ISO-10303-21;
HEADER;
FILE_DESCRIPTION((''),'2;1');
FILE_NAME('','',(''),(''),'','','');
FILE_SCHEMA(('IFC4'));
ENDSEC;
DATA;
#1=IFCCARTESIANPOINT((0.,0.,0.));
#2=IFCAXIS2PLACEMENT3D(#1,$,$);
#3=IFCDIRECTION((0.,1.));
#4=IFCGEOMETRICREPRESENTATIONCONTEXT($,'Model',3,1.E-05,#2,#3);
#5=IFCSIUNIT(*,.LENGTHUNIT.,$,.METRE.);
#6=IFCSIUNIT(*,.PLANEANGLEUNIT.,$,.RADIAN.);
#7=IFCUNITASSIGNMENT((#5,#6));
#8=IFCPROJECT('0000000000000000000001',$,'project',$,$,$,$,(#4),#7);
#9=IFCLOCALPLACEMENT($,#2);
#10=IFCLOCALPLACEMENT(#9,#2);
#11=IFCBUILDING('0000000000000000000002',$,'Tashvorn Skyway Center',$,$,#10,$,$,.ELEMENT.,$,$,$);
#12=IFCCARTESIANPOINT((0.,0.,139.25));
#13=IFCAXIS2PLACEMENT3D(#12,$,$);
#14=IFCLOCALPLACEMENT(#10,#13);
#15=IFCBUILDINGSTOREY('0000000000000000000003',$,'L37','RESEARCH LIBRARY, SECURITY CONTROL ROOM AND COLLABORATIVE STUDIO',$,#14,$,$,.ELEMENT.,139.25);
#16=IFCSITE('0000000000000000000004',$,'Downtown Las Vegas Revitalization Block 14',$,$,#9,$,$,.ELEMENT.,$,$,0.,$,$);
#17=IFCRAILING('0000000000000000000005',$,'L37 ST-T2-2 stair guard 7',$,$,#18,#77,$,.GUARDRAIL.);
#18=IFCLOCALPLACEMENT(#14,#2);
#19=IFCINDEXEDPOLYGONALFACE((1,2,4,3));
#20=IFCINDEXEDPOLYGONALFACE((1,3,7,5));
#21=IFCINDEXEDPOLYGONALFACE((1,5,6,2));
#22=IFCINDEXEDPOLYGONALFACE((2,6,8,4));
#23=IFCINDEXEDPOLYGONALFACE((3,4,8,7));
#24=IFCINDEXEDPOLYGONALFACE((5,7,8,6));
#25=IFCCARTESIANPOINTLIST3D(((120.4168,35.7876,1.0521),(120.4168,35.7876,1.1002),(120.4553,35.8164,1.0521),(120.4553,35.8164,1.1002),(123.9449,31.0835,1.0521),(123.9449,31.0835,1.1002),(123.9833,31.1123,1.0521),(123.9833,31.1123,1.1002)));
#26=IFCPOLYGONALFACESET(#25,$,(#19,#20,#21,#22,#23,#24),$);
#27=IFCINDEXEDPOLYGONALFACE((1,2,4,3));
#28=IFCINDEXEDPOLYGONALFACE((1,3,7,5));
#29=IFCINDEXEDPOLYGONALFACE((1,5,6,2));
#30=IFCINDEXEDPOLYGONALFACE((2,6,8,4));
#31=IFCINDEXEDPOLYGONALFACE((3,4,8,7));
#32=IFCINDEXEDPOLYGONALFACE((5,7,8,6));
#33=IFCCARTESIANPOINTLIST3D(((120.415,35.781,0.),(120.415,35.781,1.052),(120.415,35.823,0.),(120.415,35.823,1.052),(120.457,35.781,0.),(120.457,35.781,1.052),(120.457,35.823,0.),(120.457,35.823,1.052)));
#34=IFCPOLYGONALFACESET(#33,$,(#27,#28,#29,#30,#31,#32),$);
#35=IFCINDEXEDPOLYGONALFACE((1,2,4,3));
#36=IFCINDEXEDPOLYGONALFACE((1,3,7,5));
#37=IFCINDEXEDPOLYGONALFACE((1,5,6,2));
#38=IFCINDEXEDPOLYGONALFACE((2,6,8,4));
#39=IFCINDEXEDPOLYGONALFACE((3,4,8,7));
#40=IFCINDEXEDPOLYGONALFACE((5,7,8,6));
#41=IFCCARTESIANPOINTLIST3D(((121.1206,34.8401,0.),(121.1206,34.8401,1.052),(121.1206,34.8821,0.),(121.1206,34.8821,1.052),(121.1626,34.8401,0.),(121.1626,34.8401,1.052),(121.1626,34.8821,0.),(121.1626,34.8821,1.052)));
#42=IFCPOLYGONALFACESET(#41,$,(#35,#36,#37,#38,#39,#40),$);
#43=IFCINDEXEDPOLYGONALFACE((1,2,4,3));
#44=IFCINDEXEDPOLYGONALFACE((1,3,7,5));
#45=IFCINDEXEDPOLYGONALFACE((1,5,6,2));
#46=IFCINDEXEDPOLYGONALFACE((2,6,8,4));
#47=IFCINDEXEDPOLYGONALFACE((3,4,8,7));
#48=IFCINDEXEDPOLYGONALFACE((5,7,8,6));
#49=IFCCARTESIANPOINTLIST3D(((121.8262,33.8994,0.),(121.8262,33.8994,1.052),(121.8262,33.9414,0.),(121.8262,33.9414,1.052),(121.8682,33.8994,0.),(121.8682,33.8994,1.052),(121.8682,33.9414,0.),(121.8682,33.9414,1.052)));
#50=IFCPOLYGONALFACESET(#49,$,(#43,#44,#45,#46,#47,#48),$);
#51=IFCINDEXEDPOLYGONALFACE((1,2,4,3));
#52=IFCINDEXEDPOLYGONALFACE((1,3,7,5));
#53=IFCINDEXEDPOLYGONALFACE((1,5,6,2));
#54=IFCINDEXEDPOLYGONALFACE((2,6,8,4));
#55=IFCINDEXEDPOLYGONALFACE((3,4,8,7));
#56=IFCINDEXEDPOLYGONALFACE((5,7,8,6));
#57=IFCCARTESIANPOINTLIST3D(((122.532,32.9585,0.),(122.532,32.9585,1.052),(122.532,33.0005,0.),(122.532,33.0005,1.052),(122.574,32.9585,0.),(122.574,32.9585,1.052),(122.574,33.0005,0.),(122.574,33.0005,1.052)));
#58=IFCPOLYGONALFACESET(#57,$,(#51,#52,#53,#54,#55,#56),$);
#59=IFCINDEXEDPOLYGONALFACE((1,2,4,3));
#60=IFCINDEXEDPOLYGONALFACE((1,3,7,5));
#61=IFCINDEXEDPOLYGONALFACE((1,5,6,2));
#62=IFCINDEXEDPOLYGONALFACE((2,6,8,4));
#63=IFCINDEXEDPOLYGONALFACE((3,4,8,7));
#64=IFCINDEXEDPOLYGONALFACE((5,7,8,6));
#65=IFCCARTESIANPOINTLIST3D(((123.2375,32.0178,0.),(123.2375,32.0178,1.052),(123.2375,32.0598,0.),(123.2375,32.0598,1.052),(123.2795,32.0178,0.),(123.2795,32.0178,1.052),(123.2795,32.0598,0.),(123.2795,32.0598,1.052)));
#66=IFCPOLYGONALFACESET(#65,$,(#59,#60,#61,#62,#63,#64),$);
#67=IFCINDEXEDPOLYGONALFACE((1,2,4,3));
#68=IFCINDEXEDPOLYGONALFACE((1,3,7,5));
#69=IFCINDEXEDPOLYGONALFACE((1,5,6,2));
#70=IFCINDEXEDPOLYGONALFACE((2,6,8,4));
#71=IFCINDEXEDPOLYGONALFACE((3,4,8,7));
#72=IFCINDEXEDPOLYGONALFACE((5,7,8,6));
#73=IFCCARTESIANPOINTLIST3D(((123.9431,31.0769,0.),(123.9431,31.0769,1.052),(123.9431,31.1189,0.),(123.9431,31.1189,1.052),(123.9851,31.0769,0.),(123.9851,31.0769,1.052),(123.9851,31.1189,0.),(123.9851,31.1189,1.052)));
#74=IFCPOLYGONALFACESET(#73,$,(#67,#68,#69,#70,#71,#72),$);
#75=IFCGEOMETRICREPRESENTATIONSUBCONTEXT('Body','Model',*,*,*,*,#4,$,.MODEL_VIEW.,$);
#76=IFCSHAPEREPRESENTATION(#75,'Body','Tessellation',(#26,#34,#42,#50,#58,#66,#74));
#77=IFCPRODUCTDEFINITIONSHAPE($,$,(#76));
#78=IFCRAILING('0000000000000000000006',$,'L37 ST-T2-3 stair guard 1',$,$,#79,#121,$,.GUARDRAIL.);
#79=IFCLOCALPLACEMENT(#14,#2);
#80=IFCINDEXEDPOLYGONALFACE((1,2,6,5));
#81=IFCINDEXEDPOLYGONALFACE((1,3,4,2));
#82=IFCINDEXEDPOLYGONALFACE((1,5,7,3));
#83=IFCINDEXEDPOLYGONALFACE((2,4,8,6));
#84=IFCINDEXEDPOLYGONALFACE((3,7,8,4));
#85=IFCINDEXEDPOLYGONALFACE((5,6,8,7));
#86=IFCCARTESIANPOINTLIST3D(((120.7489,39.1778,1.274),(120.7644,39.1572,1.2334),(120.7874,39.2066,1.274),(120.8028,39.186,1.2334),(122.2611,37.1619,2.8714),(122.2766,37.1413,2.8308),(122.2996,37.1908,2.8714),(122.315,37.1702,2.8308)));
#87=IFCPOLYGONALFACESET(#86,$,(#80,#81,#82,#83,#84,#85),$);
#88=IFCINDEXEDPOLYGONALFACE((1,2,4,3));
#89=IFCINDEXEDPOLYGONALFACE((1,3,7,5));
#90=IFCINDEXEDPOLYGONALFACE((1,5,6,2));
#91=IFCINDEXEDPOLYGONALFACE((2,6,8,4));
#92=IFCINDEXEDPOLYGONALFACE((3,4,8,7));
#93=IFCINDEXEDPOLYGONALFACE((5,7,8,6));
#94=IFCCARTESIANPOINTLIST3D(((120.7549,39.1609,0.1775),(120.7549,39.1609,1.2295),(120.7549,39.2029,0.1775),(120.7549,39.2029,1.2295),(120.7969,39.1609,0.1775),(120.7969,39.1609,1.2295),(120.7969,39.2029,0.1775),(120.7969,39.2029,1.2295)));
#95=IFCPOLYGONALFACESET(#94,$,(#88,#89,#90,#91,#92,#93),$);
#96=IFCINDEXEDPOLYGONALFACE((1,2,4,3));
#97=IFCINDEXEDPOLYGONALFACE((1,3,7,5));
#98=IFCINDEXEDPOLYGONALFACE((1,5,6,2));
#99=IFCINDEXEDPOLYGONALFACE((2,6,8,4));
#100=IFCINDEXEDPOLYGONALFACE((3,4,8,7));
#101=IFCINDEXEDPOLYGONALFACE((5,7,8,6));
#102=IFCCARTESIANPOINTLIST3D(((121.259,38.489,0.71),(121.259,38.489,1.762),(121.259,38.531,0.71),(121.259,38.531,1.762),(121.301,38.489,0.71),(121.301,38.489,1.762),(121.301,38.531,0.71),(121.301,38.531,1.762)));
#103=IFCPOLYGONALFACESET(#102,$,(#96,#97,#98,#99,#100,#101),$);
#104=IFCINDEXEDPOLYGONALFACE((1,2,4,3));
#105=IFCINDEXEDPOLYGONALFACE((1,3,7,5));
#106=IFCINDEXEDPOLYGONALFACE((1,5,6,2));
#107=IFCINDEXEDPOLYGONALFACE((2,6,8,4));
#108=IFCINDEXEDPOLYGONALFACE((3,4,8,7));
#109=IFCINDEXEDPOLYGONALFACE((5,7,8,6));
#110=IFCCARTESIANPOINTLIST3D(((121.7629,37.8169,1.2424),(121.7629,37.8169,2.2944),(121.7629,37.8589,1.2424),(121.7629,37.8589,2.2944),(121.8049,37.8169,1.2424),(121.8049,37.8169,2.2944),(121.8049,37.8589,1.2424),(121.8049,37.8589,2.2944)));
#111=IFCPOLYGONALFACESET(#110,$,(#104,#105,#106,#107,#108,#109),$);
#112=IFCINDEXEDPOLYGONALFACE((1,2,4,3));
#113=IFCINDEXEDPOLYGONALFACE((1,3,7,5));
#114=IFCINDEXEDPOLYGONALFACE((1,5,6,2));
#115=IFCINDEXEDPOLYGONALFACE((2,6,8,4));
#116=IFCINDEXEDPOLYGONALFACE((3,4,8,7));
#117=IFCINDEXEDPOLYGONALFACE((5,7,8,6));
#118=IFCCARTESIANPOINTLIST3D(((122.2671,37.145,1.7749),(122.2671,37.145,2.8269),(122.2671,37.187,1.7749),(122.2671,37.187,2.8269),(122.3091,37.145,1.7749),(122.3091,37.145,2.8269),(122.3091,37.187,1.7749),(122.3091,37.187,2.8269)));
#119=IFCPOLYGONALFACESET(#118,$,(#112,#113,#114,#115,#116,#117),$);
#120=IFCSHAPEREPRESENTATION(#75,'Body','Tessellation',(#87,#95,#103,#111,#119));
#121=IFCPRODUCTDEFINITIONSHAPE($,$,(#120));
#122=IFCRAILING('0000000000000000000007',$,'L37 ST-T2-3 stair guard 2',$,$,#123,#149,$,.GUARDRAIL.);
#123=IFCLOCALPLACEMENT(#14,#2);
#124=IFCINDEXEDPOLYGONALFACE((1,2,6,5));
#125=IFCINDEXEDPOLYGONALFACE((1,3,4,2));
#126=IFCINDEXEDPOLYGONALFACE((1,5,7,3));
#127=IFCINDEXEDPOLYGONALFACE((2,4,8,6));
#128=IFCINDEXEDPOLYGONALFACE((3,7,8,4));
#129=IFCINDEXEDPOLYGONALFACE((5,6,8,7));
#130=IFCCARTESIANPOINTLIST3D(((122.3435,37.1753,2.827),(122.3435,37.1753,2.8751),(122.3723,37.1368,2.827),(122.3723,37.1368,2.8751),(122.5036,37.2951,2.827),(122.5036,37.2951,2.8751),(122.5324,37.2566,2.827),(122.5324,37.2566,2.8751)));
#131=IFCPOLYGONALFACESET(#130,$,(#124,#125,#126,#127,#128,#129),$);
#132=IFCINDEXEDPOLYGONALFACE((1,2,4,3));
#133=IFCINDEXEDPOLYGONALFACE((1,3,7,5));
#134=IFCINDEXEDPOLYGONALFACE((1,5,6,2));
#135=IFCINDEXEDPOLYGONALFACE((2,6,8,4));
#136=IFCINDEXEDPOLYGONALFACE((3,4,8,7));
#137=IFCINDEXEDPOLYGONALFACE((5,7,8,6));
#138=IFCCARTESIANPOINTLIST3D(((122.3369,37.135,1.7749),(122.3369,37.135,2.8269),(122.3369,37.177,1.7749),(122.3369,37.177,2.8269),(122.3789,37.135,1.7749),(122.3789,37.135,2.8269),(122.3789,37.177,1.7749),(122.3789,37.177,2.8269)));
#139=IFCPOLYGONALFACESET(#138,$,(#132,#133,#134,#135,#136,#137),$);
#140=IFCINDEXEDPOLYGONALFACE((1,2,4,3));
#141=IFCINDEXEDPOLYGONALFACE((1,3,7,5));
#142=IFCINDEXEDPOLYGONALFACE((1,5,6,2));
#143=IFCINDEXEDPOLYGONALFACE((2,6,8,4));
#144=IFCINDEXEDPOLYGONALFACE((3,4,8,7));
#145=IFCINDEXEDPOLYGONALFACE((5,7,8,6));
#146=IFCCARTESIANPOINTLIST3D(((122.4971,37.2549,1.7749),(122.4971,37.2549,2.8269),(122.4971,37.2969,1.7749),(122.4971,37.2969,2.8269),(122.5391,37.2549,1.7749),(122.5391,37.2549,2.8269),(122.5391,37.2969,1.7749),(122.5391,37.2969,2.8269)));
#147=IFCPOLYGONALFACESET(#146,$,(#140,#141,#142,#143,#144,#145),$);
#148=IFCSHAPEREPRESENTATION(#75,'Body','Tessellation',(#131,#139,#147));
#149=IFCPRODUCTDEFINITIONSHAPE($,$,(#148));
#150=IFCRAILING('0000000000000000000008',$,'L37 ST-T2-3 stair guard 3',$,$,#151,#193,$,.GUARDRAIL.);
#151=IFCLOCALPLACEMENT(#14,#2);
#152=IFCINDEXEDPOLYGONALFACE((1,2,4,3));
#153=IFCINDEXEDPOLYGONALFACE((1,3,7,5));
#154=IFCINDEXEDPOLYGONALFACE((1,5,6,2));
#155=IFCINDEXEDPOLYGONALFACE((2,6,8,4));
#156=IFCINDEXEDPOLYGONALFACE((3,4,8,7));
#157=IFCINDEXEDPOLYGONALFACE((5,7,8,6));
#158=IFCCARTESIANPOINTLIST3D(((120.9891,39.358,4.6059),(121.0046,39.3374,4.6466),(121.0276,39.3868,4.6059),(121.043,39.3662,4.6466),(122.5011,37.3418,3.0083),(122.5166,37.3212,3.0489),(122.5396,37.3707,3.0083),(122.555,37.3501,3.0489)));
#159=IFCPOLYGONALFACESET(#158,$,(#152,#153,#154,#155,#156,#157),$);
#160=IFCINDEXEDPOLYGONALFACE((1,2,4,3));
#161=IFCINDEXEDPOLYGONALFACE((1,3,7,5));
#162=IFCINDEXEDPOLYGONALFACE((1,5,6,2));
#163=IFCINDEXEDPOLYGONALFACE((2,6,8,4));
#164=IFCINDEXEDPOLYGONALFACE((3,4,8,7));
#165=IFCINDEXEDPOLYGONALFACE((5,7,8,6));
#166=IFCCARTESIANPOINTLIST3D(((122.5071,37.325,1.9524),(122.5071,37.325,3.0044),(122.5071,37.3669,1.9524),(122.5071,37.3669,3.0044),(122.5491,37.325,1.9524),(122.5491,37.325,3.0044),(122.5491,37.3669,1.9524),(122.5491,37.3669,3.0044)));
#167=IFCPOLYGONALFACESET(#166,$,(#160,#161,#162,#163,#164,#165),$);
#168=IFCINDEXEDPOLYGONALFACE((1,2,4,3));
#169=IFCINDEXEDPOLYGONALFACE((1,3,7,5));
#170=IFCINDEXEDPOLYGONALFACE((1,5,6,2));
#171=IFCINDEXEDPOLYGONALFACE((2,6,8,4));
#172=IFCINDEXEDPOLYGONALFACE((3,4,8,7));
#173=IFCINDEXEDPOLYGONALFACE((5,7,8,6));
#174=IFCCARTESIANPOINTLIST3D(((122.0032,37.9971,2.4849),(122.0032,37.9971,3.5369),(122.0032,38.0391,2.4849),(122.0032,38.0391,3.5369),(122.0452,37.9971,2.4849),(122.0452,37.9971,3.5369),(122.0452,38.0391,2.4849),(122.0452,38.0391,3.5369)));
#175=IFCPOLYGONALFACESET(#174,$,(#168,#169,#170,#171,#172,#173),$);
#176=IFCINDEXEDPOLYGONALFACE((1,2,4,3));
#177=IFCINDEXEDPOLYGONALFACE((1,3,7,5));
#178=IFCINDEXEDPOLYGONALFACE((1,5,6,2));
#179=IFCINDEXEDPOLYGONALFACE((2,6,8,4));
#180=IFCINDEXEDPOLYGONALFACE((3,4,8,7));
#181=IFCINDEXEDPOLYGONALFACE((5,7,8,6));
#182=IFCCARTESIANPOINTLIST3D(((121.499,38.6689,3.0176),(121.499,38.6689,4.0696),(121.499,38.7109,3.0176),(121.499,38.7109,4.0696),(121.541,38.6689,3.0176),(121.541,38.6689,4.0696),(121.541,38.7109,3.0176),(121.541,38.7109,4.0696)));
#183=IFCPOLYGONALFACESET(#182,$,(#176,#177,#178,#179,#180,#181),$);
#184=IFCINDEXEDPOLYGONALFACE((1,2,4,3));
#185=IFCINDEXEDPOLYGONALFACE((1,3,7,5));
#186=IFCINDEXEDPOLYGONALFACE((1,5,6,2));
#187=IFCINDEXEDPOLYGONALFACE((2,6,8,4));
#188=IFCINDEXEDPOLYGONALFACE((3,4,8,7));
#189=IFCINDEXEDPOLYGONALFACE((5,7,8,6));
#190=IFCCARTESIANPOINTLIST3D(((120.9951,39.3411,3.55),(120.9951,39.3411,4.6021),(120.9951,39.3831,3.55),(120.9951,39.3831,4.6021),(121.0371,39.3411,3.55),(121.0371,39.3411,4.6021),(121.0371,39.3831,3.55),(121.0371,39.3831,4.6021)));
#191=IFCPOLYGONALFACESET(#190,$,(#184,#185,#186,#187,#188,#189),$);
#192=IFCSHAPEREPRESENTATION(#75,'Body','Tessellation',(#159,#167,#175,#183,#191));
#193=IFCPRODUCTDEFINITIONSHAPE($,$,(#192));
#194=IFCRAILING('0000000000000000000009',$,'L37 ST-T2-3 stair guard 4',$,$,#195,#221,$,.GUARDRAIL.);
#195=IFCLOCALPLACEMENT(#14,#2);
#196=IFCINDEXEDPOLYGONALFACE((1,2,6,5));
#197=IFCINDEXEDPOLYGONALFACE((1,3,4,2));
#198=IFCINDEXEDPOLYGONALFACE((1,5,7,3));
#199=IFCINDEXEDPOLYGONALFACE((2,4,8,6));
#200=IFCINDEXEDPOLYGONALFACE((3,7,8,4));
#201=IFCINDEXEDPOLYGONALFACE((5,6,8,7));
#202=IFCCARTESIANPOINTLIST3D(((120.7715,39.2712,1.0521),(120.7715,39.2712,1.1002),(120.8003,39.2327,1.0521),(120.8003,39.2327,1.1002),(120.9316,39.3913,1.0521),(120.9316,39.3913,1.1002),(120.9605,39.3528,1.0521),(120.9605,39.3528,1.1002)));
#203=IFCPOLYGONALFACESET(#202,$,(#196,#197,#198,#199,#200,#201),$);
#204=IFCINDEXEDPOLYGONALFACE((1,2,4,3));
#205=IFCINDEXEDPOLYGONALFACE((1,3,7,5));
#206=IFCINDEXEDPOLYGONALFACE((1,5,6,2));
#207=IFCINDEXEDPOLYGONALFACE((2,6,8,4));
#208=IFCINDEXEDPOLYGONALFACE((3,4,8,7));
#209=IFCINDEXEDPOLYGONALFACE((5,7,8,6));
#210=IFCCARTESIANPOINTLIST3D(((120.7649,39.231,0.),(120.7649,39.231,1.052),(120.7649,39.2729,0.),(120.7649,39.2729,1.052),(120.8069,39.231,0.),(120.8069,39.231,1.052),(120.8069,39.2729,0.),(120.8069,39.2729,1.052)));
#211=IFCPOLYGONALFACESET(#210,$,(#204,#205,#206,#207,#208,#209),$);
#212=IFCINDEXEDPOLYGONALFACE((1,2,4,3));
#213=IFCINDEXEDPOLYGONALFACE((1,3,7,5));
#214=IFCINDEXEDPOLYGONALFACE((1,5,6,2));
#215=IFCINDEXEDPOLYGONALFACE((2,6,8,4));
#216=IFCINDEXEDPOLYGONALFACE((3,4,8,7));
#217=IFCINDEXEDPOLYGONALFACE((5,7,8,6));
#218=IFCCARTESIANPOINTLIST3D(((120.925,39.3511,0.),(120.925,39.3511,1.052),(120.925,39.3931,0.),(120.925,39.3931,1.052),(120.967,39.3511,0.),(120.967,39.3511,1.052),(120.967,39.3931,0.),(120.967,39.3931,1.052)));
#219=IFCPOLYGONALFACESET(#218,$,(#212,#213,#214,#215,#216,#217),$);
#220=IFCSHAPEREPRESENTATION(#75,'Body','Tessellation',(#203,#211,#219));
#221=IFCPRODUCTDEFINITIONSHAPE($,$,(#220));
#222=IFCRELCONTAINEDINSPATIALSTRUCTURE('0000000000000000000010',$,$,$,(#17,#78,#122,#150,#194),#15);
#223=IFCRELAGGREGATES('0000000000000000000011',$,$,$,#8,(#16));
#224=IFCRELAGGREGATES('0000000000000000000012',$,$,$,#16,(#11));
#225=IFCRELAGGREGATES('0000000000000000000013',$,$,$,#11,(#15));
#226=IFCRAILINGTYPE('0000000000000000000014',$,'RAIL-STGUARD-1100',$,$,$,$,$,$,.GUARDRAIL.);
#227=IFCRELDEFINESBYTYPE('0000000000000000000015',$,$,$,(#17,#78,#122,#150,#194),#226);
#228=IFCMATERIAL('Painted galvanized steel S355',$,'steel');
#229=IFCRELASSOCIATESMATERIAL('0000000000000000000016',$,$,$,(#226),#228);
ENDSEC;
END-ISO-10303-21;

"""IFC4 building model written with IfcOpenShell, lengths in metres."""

from ifc_helpers import new_model, si_unit, direction, frame, origin, origin_2d, place, context, subcontext, project, spatial, rectangle, extrude, material, type_object, element, save


model = new_model("IFC4")

# Units and contexts
model_context = context("Model", 3, precision=1e-05, world=origin(), true_north=direction((0.0, 1.0)))
body_context = subcontext(model_context, "Body", "Model", "MODEL_VIEW")
ifc_project = project(units=[si_unit("LENGTHUNIT", "METRE"), si_unit("PLANEANGLEUNIT", "RADIAN")], contexts=[model_context])

# Site, building, storey
site_placement = place(None, origin())
site = spatial("IfcSite", under=ifc_project, at=site_placement, Name="Downtown Las Vegas Revitalization Block 14", CompositionType="ELEMENT", RefElevation=0.0)
building_placement = place(site_placement, origin())
building = spatial("IfcBuilding", under=site, at=building_placement, Name="Tashvorn Skyway Center", CompositionType="ELEMENT")
storey_placement = place(building_placement, frame((0.0, 0.0, 139.25)))
storey = spatial("IfcBuildingStorey", under=building, at=storey_placement, Name="L37", Description="RESEARCH LIBRARY, SECURITY CONTROL ROOM AND COLLABORATIVE STUDIO", CompositionType="ELEMENT", Elevation=139.25)

# Railings
ifc_material_1 = material(Name="Painted galvanized steel S355", Category="steel")
railing_type_1 = type_object("IfcRailingType", Name="RAIL-STGUARD-1100", PredefinedType="GUARDRAIL", material=ifc_material_1)
railing_1_placement = place(storey_placement, frame((120.436, 35.802, 0.0)))
element("IfcRailing", 1, at=railing_1_placement, inside=storey, type_object=railing_type_1, Name="L37 ST-T2-2 stair guard 7", PredefinedType="GUARDRAIL", context=body_context, shape_type="SweptSolid", body=[
    extrude(rectangle(XDim=0.0481, YDim=0.0481, at=origin_2d()), frame((0.0, 0.0, 1.0762), z_axis=(0.6, -0.8, 0.0), x_axis=(0.8, 0.6, 0.0)), (0.0, 0.0, 1.0), 5.8801),
    extrude(rectangle(XDim=0.042, YDim=0.042, at=origin_2d()), origin(), (0.0, 0.0, 1.0), 1.052),
    extrude(rectangle(XDim=0.042, YDim=0.042, at=origin_2d()), frame((0.7056, -0.9409, 0.0)), (0.0, 0.0, 1.0), 1.052),
    extrude(rectangle(XDim=0.042, YDim=0.042, at=origin_2d()), frame((1.4111, -1.8816, 0.0)), (0.0, 0.0, 1.0), 1.052),
    extrude(rectangle(XDim=0.042, YDim=0.042, at=origin_2d()), frame((2.1169, -2.8225, 0.0)), (0.0, 0.0, 1.0), 1.052),
    extrude(rectangle(XDim=0.042, YDim=0.042, at=origin_2d()), frame((2.8225, -3.7632, 0.0)), (0.0, 0.0, 1.0), 1.052),
    extrude(rectangle(XDim=0.042, YDim=0.042, at=origin_2d()), frame((3.5281, -4.7041, 0.0)), (0.0, 0.0, 1.0), 1.052),
])
railing_2_placement = place(storey_placement, frame((120.7759, 39.1819, 0.1775)))
element("IfcRailing", 2, at=railing_2_placement, inside=storey, type_object=railing_type_1, Name="L37 ST-T2-3 stair guard 1", PredefinedType="GUARDRAIL", context=body_context, shape_type="SweptSolid", body=[
    extrude(rectangle(XDim=0.0481, YDim=0.0481, at=origin_2d()), frame((0.0, 0.0, 1.0762), z_axis=(0.50683, -0.675636, 0.535387), x_axis=(0.799942, 0.600078, 0.0)), (0.0, 0.0, 1.0), 2.9836),
    extrude(rectangle(XDim=0.042, YDim=0.042, at=origin_2d()), origin(), (0.0, 0.0, 1.0), 1.052),
    extrude(rectangle(XDim=0.042, YDim=0.042, at=origin_2d()), frame((0.5042, -0.6719, 0.5325)), (0.0, 0.0, 1.0), 1.052),
    extrude(rectangle(XDim=0.042, YDim=0.042, at=origin_2d()), frame((1.0081, -1.344, 1.0649)), (0.0, 0.0, 1.0), 1.052),
    extrude(rectangle(XDim=0.042, YDim=0.042, at=origin_2d()), frame((1.5122, -2.0159, 1.5974)), (0.0, 0.0, 1.0), 1.052),
])
railing_3_placement = place(storey_placement, frame((122.3579, 37.156, 1.7749)))
element("IfcRailing", 3, at=railing_3_placement, inside=storey, type_object=railing_type_1, Name="L37 ST-T2-3 stair guard 2", PredefinedType="GUARDRAIL", context=body_context, shape_type="SweptSolid", body=[
    extrude(rectangle(XDim=0.0481, YDim=0.0481, at=origin_2d()), frame((0.0, 0.0, 1.0762), z_axis=(0.800585, 0.599219, 0.0), x_axis=(-0.599219, 0.800585, 0.0)), (0.0, 0.0, 1.0), 0.2),
    extrude(rectangle(XDim=0.042, YDim=0.042, at=origin_2d()), origin(), (0.0, 0.0, 1.0), 1.052),
    extrude(rectangle(XDim=0.042, YDim=0.042, at=origin_2d()), frame((0.1602, 0.1199, 0.0)), (0.0, 0.0, 1.0), 1.052),
])
railing_4_placement = place(storey_placement, frame((122.5281, 37.3459, 1.9524)))
element("IfcRailing", 4, at=railing_4_placement, inside=storey, type_object=railing_type_1, Name="L37 ST-T2-3 stair guard 3", PredefinedType="GUARDRAIL", context=body_context, shape_type="SweptSolid", body=[
    extrude(rectangle(XDim=0.0481, YDim=0.0481, at=origin_2d()), frame((0.0, 0.0, 1.0762), z_axis=(-0.506719, 0.675679, 0.535438), x_axis=(-0.800023, -0.599969, 0.0)), (0.0, 0.0, 1.0), 2.9839),
    extrude(rectangle(XDim=0.042, YDim=0.042, at=origin_2d()), origin(), (0.0, 0.0, 1.0), 1.052),
    extrude(rectangle(XDim=0.042, YDim=0.042, at=origin_2d()), frame((-0.5039, 0.6721, 0.5325)), (0.0, 0.0, 1.0), 1.052),
    extrude(rectangle(XDim=0.042, YDim=0.042, at=origin_2d()), frame((-1.0081, 1.344, 1.0652)), (0.0, 0.0, 1.0), 1.052),
    extrude(rectangle(XDim=0.042, YDim=0.042, at=origin_2d()), frame((-1.512, 2.0161, 1.5977)), (0.0, 0.0, 1.0), 1.052),
])
railing_5_placement = place(storey_placement, frame((120.7859, 39.252, 0.0)))
element("IfcRailing", 5, at=railing_5_placement, inside=storey, type_object=railing_type_1, Name="L37 ST-T2-3 stair guard 4", PredefinedType="GUARDRAIL", context=body_context, shape_type="SweptSolid", body=[
    extrude(rectangle(XDim=0.0481, YDim=0.0481, at=origin_2d()), frame((0.0, 0.0, 1.0762), z_axis=(0.8, 0.6, 0.0), x_axis=(-0.6, 0.8, 0.0)), (0.0, 0.0, 1.0), 0.2002),
    extrude(rectangle(XDim=0.042, YDim=0.042, at=origin_2d()), origin(), (0.0, 0.0, 1.0), 1.052),
    extrude(rectangle(XDim=0.042, YDim=0.042, at=origin_2d()), frame((0.1602, 0.1201, 0.0)), (0.0, 0.0, 1.0), 1.052),
])

save(model, "model.ifc")
